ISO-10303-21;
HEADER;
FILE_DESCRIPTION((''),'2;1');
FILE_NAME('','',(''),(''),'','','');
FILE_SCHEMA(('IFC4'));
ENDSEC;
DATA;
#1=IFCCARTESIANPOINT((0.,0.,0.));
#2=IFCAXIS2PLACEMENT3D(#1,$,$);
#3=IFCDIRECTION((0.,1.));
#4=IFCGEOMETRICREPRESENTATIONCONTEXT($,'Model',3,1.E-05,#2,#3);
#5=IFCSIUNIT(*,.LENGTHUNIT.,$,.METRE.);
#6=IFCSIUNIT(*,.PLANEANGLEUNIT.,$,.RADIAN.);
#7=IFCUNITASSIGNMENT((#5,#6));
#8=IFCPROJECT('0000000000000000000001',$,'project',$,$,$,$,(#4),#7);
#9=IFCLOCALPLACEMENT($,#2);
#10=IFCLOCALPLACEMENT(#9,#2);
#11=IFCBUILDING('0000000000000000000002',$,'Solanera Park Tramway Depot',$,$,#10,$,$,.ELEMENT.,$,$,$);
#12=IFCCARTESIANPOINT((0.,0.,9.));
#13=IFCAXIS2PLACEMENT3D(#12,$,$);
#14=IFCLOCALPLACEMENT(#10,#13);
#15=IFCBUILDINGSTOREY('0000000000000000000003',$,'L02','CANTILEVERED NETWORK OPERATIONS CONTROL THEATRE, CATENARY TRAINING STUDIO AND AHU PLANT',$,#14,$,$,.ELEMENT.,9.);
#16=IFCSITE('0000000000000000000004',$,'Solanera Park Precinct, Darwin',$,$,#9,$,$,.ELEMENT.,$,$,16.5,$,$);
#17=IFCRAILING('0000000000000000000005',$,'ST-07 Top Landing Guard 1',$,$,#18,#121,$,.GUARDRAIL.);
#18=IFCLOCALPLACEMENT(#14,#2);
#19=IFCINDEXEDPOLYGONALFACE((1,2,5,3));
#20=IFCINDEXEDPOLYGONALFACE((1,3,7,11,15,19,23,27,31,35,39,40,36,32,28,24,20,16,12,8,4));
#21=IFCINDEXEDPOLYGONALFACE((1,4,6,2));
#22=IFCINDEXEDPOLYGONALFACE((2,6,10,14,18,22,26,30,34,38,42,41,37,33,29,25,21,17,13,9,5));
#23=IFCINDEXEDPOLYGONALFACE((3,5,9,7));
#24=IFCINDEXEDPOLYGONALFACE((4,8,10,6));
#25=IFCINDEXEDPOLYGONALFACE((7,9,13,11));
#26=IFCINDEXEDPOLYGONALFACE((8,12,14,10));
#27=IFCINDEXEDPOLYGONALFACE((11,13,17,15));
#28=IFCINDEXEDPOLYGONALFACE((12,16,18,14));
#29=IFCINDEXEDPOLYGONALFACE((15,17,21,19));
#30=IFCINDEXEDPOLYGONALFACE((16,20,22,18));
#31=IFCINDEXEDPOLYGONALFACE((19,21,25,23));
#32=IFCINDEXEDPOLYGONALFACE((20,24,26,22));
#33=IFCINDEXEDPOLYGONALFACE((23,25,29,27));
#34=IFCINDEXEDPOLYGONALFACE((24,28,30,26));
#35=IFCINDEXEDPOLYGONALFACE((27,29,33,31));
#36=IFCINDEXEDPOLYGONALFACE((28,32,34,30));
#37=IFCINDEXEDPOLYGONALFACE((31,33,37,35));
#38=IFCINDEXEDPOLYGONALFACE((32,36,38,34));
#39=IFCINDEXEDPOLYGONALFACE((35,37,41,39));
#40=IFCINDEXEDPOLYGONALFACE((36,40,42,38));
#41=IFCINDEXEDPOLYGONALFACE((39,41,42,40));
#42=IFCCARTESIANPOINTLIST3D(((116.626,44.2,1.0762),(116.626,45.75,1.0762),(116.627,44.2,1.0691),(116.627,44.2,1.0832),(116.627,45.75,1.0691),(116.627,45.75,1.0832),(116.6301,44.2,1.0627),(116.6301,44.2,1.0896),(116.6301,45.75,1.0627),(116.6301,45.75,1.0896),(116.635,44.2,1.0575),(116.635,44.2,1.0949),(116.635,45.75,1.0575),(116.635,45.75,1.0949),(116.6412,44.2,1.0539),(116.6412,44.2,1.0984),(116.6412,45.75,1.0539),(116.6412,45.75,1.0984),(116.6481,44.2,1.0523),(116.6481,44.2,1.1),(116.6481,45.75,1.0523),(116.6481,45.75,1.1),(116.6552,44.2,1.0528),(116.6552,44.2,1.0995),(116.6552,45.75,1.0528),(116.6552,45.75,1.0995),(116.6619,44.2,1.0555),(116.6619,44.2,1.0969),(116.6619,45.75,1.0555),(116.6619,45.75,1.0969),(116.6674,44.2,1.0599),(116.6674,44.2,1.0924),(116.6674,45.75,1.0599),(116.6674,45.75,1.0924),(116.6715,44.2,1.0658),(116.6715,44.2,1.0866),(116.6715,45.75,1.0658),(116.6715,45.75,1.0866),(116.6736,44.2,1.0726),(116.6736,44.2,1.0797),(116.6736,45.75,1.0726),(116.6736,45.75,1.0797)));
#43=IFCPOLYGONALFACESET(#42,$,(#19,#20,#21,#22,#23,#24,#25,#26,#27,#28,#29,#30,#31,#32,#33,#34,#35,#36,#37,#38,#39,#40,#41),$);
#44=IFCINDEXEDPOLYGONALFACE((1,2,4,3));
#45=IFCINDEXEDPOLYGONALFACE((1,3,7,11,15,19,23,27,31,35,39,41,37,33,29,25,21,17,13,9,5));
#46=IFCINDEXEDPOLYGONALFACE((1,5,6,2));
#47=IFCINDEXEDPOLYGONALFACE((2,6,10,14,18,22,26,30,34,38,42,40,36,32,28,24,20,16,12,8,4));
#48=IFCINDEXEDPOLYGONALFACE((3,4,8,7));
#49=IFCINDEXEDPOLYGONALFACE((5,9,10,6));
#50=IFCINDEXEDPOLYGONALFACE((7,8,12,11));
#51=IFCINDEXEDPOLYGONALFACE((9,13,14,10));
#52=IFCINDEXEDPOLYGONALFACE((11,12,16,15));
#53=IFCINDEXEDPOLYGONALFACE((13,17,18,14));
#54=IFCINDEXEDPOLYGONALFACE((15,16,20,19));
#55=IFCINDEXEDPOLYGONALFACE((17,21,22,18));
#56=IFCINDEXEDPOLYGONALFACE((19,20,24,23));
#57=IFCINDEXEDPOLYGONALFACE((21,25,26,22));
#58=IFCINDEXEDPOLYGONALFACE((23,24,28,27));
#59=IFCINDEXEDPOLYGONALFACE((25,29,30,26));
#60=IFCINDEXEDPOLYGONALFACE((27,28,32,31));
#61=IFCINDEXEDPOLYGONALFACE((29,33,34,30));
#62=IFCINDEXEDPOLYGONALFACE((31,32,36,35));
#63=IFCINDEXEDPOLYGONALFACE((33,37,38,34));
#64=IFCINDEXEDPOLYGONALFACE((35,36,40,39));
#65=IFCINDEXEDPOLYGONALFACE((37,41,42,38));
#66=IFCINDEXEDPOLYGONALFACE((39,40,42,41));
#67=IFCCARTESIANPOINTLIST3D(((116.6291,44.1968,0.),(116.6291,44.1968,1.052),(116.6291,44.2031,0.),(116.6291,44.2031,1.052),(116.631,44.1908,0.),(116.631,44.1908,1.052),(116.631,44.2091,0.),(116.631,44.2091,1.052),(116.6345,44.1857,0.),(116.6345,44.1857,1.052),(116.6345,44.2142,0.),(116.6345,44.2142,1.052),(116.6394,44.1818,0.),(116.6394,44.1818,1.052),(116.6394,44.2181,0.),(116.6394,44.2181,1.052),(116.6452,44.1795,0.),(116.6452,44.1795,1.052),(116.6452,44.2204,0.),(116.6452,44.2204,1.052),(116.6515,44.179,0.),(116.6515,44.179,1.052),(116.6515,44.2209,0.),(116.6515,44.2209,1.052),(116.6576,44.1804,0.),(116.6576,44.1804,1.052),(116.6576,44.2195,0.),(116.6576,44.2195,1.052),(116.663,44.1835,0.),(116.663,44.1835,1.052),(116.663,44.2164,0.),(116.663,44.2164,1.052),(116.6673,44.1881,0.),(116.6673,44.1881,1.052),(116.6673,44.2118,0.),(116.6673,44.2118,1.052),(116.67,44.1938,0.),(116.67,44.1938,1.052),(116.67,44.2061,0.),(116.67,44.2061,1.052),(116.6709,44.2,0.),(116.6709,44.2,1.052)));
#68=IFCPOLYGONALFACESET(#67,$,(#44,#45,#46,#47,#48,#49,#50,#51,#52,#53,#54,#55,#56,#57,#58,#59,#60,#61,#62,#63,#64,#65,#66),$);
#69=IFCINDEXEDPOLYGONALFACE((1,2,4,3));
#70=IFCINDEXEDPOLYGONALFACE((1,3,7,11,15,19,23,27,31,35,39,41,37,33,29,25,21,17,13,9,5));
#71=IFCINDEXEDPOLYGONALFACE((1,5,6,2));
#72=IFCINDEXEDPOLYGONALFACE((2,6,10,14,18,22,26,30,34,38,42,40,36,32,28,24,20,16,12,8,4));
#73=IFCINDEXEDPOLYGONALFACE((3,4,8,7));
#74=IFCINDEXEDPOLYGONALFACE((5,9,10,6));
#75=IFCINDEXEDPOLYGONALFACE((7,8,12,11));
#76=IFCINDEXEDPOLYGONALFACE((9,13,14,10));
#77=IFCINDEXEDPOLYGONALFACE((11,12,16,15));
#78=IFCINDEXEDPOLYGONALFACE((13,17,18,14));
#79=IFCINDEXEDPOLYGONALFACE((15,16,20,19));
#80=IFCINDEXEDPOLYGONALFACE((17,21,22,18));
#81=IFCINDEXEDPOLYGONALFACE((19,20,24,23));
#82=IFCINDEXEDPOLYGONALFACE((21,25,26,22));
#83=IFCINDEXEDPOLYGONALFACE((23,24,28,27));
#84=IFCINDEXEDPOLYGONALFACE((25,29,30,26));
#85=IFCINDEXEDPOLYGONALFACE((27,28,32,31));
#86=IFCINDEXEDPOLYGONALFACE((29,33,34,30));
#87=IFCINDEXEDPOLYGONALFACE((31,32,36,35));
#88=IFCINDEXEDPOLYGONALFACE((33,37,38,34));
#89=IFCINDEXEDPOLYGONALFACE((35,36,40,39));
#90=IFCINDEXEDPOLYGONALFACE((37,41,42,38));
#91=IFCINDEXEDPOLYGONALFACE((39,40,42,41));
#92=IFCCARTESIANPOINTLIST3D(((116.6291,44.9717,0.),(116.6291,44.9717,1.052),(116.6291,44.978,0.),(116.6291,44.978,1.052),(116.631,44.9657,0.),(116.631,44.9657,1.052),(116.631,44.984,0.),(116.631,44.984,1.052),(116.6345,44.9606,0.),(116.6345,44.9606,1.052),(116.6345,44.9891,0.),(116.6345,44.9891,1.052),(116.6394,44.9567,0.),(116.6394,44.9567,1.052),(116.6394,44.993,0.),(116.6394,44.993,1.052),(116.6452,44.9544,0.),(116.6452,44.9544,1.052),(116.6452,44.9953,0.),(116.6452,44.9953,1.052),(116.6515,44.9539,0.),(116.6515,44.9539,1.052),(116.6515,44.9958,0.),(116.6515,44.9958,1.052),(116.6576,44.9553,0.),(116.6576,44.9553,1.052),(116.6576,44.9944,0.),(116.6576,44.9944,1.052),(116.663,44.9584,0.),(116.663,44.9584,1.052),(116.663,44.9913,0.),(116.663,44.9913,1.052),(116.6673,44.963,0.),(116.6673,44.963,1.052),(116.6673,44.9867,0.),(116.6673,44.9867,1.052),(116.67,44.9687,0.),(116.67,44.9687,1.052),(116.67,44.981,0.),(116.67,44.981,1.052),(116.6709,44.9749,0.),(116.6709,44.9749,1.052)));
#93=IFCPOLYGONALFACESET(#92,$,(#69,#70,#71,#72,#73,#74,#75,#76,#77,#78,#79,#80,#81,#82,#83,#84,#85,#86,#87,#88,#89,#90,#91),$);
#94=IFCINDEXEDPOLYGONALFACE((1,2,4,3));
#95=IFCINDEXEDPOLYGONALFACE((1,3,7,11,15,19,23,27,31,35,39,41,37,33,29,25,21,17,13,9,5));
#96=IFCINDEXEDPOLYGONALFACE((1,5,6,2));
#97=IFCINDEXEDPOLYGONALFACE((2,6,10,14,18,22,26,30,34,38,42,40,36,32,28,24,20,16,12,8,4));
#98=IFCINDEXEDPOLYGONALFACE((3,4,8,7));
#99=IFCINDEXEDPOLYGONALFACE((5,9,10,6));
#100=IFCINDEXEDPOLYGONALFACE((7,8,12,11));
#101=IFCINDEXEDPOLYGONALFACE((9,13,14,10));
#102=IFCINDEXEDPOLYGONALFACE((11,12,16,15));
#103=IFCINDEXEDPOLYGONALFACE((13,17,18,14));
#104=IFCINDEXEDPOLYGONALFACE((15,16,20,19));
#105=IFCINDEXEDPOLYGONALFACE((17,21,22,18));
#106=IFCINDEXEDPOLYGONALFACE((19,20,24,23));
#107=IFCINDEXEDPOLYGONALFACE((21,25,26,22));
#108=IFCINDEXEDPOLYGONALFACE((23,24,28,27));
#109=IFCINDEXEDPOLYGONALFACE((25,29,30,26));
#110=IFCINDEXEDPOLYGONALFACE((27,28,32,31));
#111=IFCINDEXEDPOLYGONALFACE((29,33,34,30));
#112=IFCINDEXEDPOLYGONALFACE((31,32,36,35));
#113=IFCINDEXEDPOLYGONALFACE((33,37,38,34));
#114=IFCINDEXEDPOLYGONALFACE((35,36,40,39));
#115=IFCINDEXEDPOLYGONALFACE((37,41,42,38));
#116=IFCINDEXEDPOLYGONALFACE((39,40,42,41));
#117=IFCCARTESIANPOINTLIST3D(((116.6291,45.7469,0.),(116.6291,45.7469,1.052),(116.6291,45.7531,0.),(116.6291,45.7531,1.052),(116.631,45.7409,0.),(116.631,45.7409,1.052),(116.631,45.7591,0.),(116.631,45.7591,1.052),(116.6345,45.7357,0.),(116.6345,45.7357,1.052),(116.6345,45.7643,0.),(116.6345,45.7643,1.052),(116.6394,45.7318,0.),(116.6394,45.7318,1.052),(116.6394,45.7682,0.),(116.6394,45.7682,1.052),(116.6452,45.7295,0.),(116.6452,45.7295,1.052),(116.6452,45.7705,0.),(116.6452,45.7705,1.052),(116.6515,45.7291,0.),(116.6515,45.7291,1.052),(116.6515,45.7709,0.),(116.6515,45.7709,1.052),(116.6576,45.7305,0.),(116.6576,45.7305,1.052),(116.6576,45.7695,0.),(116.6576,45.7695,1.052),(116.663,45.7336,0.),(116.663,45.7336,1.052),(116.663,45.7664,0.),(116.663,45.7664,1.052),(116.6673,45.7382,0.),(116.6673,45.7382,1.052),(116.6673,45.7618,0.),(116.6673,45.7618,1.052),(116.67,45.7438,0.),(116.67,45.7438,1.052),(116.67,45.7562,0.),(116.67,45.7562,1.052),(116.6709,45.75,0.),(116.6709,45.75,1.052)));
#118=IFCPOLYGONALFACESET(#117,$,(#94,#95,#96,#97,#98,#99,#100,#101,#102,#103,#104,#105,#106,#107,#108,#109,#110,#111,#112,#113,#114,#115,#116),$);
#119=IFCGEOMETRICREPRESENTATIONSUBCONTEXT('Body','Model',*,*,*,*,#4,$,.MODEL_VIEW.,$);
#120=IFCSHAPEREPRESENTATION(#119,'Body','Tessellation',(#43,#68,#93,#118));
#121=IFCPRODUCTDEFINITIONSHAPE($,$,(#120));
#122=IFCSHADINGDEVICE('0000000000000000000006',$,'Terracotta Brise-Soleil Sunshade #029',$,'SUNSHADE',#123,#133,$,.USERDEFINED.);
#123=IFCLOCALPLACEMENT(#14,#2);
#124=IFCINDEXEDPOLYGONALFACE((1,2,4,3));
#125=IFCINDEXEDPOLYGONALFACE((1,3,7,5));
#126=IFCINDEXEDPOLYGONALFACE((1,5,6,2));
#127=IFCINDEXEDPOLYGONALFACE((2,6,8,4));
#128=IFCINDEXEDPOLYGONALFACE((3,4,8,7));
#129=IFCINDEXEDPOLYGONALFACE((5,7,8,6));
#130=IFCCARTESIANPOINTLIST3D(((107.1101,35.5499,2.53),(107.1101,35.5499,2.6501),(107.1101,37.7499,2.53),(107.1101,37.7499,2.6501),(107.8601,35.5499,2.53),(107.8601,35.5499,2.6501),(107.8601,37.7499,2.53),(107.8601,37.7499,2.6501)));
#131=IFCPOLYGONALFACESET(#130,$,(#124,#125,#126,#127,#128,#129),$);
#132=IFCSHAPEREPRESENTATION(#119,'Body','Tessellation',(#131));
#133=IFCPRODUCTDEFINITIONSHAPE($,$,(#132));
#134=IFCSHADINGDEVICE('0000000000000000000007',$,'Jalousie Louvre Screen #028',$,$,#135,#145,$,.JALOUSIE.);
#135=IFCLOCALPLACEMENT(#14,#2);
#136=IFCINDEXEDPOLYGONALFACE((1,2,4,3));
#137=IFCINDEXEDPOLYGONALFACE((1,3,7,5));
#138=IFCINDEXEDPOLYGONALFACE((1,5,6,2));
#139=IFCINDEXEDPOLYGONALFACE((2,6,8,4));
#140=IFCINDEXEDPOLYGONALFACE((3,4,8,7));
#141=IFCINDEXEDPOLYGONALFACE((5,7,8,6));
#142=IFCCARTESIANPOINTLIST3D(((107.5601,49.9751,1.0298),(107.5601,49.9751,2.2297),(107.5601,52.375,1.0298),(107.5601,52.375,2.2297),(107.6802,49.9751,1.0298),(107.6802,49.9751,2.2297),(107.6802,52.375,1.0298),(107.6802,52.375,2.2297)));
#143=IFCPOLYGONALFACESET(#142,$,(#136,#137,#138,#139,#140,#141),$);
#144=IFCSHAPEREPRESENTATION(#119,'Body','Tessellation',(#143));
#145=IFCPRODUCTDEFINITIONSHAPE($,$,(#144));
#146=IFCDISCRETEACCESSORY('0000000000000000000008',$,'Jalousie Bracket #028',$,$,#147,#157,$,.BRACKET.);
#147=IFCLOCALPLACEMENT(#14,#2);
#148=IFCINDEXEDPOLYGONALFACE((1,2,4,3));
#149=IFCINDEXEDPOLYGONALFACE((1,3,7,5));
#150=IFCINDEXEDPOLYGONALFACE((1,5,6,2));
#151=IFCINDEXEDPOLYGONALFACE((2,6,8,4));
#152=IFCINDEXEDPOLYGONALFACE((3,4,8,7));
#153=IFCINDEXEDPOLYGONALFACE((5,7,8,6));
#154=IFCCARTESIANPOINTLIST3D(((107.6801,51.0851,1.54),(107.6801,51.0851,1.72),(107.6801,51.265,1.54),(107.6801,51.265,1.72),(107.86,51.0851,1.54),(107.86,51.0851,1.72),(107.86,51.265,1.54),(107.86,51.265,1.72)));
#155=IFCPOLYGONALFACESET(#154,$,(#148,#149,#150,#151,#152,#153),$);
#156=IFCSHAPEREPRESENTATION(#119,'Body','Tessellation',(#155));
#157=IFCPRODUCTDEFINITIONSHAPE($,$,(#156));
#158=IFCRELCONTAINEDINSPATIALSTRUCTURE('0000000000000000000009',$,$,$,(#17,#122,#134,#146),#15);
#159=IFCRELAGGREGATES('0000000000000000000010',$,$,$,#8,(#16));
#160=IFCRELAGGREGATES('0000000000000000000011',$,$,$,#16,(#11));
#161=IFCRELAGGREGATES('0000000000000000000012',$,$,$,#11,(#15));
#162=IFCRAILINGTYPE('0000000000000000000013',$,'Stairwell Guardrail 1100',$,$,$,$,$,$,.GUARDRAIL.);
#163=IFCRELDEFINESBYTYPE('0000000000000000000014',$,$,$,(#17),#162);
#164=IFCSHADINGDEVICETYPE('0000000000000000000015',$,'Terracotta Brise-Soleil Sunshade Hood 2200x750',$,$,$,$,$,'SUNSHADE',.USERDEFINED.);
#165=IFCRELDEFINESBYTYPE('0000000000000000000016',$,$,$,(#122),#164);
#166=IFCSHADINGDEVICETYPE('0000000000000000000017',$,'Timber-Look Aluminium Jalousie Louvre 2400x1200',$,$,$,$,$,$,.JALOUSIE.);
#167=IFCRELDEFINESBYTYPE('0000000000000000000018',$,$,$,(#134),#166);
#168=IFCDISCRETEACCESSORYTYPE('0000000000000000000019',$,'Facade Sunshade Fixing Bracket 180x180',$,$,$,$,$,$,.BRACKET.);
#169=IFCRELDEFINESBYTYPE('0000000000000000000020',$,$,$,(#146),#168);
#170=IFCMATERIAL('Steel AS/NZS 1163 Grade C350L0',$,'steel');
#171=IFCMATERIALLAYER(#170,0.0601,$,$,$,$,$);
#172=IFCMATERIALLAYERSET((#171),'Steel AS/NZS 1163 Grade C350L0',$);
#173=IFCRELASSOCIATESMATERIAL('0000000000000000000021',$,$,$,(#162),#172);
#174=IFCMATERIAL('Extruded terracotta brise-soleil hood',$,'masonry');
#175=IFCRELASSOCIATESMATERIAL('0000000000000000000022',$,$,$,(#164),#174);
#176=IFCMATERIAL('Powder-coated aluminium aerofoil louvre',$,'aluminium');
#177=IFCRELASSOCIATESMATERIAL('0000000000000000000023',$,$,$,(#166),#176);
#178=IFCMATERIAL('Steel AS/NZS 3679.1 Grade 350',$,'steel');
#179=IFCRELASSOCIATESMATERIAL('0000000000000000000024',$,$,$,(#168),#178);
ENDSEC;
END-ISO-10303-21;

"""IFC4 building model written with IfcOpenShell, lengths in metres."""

from ifc_helpers import new_model, si_unit, direction, frame, origin, origin_2d, place, context, subcontext, project, spatial, rectangle, circle, extrude, material, layer, layer_set, type_object, element, save


model = new_model("IFC4")

# Units and contexts
model_context = context("Model", 3, precision=1e-05, world=origin(), true_north=direction((0.0, 1.0)))
body_context = subcontext(model_context, "Body", "Model", "MODEL_VIEW")
ifc_project = project(units=[si_unit("LENGTHUNIT", "METRE"), si_unit("PLANEANGLEUNIT", "RADIAN")], contexts=[model_context])

# Site, building, storey
site_placement = place(None, origin())
site = spatial("IfcSite", under=ifc_project, at=site_placement, Name="Solanera Park Precinct, Darwin", CompositionType="ELEMENT", RefElevation=16.5)
building_placement = place(site_placement, origin())
building = spatial("IfcBuilding", under=site, at=building_placement, Name="Solanera Park Tramway Depot", CompositionType="ELEMENT")
storey_placement = place(building_placement, frame((0.0, 0.0, 9.0)))
storey = spatial("IfcBuildingStorey", under=building, at=storey_placement, Name="L02", Description="CANTILEVERED NETWORK OPERATIONS CONTROL THEATRE, CATENARY TRAINING STUDIO AND AHU PLANT", CompositionType="ELEMENT", Elevation=9.0)

# Railing
ifc_material_1 = material(Name="Steel AS/NZS 1163 Grade C350L0", Category="steel")
ifc_layer_1 = layer(ifc_material_1, 0.0601)
ifc_layer_set_1 = layer_set([ifc_layer_1], Name="Steel AS/NZS 1163 Grade C350L0")
railing_type = type_object("IfcRailingType", Name="Stairwell Guardrail 1100", PredefinedType="GUARDRAIL", material=ifc_layer_set_1)
railing_placement = place(storey_placement, frame((116.6499, 44.2, 0.0)))
element("IfcRailing", 1, at=railing_placement, inside=storey, type_object=railing_type, Name="ST-07 Top Landing Guard 1", PredefinedType="GUARDRAIL", context=body_context, shape_type="SweptSolid", body=[
    extrude(circle(Radius=0.0239, at=origin_2d()), frame((0.0, 0.0, 1.0762), z_axis=(0.0, 1.0, 0.0), x_axis=(-1.0, 0.0, 0.0)), (0.0, 0.0, 1.0), 1.55),
    extrude(circle(Radius=0.021, at=origin_2d()), origin(), (0.0, 0.0, 1.0), 1.052),
    extrude(circle(Radius=0.021, at=origin_2d()), frame((0.0, 0.7749, 0.0)), (0.0, 0.0, 1.0), 1.052),
    extrude(circle(Radius=0.021, at=origin_2d()), frame((0.0, 1.55, 0.0)), (0.0, 0.0, 1.0), 1.052),
])

# Shading devices
ifc_material_2 = material(Name="Extruded terracotta brise-soleil hood", Category="masonry")
shading_device_type_1 = type_object("IfcShadingDeviceType", Name="Terracotta Brise-Soleil Sunshade Hood 2200x750", ElementType="SUNSHADE", PredefinedType="USERDEFINED", material=ifc_material_2)
shading_device_1_placement = place(storey_placement, frame((107.4851, 36.6499, 2.53), z_axis=(0.0, 0.0, 1.0), x_axis=(0.0, -1.0, 0.0)))
element("IfcShadingDevice", 2, at=shading_device_1_placement, inside=storey, type_object=shading_device_type_1, Name="Terracotta Brise-Soleil Sunshade #029", ObjectType="SUNSHADE", PredefinedType="USERDEFINED", context=body_context, shape_type="SweptSolid", body=[
    extrude(rectangle(XDim=2.2, YDim=0.75, at=origin_2d()), origin(), (0.0, 0.0, 1.0), 0.1201),
])
ifc_material_3 = material(Name="Powder-coated aluminium aerofoil louvre", Category="aluminium")
shading_device_type_2 = type_object("IfcShadingDeviceType", Name="Timber-Look Aluminium Jalousie Louvre 2400x1200", PredefinedType="JALOUSIE", material=ifc_material_3)
shading_device_2_placement = place(storey_placement, frame((107.6201, 51.175, 1.0298), z_axis=(0.0, 0.0, 1.0), x_axis=(0.0, -1.0, 0.0)))
element("IfcShadingDevice", 3, at=shading_device_2_placement, inside=storey, type_object=shading_device_type_2, Name="Jalousie Louvre Screen #028", PredefinedType="JALOUSIE", context=body_context, shape_type="SweptSolid", body=[
    extrude(rectangle(XDim=2.3999, YDim=0.1201, at=origin_2d()), origin(), (0.0, 0.0, 1.0), 1.2),
])

# Discrete accessory
ifc_material_4 = material(Name="Steel AS/NZS 3679.1 Grade 350", Category="steel")
discrete_accessory_type = type_object("IfcDiscreteAccessoryType", Name="Facade Sunshade Fixing Bracket 180x180", PredefinedType="BRACKET", material=ifc_material_4)
discrete_accessory_placement = place(storey_placement, frame((107.77, 51.175, 1.54), z_axis=(0.0, 0.0, 1.0), x_axis=(0.0, -1.0, 0.0)))
element("IfcDiscreteAccessory", 4, at=discrete_accessory_placement, inside=storey, type_object=discrete_accessory_type, Name="Jalousie Bracket #028", PredefinedType="BRACKET", context=body_context, shape_type="SweptSolid", body=[
    extrude(rectangle(XDim=0.1799, YDim=0.1799, at=origin_2d()), origin(), (0.0, 0.0, 1.0), 0.1799),
])

save(model, "model.ifc")
